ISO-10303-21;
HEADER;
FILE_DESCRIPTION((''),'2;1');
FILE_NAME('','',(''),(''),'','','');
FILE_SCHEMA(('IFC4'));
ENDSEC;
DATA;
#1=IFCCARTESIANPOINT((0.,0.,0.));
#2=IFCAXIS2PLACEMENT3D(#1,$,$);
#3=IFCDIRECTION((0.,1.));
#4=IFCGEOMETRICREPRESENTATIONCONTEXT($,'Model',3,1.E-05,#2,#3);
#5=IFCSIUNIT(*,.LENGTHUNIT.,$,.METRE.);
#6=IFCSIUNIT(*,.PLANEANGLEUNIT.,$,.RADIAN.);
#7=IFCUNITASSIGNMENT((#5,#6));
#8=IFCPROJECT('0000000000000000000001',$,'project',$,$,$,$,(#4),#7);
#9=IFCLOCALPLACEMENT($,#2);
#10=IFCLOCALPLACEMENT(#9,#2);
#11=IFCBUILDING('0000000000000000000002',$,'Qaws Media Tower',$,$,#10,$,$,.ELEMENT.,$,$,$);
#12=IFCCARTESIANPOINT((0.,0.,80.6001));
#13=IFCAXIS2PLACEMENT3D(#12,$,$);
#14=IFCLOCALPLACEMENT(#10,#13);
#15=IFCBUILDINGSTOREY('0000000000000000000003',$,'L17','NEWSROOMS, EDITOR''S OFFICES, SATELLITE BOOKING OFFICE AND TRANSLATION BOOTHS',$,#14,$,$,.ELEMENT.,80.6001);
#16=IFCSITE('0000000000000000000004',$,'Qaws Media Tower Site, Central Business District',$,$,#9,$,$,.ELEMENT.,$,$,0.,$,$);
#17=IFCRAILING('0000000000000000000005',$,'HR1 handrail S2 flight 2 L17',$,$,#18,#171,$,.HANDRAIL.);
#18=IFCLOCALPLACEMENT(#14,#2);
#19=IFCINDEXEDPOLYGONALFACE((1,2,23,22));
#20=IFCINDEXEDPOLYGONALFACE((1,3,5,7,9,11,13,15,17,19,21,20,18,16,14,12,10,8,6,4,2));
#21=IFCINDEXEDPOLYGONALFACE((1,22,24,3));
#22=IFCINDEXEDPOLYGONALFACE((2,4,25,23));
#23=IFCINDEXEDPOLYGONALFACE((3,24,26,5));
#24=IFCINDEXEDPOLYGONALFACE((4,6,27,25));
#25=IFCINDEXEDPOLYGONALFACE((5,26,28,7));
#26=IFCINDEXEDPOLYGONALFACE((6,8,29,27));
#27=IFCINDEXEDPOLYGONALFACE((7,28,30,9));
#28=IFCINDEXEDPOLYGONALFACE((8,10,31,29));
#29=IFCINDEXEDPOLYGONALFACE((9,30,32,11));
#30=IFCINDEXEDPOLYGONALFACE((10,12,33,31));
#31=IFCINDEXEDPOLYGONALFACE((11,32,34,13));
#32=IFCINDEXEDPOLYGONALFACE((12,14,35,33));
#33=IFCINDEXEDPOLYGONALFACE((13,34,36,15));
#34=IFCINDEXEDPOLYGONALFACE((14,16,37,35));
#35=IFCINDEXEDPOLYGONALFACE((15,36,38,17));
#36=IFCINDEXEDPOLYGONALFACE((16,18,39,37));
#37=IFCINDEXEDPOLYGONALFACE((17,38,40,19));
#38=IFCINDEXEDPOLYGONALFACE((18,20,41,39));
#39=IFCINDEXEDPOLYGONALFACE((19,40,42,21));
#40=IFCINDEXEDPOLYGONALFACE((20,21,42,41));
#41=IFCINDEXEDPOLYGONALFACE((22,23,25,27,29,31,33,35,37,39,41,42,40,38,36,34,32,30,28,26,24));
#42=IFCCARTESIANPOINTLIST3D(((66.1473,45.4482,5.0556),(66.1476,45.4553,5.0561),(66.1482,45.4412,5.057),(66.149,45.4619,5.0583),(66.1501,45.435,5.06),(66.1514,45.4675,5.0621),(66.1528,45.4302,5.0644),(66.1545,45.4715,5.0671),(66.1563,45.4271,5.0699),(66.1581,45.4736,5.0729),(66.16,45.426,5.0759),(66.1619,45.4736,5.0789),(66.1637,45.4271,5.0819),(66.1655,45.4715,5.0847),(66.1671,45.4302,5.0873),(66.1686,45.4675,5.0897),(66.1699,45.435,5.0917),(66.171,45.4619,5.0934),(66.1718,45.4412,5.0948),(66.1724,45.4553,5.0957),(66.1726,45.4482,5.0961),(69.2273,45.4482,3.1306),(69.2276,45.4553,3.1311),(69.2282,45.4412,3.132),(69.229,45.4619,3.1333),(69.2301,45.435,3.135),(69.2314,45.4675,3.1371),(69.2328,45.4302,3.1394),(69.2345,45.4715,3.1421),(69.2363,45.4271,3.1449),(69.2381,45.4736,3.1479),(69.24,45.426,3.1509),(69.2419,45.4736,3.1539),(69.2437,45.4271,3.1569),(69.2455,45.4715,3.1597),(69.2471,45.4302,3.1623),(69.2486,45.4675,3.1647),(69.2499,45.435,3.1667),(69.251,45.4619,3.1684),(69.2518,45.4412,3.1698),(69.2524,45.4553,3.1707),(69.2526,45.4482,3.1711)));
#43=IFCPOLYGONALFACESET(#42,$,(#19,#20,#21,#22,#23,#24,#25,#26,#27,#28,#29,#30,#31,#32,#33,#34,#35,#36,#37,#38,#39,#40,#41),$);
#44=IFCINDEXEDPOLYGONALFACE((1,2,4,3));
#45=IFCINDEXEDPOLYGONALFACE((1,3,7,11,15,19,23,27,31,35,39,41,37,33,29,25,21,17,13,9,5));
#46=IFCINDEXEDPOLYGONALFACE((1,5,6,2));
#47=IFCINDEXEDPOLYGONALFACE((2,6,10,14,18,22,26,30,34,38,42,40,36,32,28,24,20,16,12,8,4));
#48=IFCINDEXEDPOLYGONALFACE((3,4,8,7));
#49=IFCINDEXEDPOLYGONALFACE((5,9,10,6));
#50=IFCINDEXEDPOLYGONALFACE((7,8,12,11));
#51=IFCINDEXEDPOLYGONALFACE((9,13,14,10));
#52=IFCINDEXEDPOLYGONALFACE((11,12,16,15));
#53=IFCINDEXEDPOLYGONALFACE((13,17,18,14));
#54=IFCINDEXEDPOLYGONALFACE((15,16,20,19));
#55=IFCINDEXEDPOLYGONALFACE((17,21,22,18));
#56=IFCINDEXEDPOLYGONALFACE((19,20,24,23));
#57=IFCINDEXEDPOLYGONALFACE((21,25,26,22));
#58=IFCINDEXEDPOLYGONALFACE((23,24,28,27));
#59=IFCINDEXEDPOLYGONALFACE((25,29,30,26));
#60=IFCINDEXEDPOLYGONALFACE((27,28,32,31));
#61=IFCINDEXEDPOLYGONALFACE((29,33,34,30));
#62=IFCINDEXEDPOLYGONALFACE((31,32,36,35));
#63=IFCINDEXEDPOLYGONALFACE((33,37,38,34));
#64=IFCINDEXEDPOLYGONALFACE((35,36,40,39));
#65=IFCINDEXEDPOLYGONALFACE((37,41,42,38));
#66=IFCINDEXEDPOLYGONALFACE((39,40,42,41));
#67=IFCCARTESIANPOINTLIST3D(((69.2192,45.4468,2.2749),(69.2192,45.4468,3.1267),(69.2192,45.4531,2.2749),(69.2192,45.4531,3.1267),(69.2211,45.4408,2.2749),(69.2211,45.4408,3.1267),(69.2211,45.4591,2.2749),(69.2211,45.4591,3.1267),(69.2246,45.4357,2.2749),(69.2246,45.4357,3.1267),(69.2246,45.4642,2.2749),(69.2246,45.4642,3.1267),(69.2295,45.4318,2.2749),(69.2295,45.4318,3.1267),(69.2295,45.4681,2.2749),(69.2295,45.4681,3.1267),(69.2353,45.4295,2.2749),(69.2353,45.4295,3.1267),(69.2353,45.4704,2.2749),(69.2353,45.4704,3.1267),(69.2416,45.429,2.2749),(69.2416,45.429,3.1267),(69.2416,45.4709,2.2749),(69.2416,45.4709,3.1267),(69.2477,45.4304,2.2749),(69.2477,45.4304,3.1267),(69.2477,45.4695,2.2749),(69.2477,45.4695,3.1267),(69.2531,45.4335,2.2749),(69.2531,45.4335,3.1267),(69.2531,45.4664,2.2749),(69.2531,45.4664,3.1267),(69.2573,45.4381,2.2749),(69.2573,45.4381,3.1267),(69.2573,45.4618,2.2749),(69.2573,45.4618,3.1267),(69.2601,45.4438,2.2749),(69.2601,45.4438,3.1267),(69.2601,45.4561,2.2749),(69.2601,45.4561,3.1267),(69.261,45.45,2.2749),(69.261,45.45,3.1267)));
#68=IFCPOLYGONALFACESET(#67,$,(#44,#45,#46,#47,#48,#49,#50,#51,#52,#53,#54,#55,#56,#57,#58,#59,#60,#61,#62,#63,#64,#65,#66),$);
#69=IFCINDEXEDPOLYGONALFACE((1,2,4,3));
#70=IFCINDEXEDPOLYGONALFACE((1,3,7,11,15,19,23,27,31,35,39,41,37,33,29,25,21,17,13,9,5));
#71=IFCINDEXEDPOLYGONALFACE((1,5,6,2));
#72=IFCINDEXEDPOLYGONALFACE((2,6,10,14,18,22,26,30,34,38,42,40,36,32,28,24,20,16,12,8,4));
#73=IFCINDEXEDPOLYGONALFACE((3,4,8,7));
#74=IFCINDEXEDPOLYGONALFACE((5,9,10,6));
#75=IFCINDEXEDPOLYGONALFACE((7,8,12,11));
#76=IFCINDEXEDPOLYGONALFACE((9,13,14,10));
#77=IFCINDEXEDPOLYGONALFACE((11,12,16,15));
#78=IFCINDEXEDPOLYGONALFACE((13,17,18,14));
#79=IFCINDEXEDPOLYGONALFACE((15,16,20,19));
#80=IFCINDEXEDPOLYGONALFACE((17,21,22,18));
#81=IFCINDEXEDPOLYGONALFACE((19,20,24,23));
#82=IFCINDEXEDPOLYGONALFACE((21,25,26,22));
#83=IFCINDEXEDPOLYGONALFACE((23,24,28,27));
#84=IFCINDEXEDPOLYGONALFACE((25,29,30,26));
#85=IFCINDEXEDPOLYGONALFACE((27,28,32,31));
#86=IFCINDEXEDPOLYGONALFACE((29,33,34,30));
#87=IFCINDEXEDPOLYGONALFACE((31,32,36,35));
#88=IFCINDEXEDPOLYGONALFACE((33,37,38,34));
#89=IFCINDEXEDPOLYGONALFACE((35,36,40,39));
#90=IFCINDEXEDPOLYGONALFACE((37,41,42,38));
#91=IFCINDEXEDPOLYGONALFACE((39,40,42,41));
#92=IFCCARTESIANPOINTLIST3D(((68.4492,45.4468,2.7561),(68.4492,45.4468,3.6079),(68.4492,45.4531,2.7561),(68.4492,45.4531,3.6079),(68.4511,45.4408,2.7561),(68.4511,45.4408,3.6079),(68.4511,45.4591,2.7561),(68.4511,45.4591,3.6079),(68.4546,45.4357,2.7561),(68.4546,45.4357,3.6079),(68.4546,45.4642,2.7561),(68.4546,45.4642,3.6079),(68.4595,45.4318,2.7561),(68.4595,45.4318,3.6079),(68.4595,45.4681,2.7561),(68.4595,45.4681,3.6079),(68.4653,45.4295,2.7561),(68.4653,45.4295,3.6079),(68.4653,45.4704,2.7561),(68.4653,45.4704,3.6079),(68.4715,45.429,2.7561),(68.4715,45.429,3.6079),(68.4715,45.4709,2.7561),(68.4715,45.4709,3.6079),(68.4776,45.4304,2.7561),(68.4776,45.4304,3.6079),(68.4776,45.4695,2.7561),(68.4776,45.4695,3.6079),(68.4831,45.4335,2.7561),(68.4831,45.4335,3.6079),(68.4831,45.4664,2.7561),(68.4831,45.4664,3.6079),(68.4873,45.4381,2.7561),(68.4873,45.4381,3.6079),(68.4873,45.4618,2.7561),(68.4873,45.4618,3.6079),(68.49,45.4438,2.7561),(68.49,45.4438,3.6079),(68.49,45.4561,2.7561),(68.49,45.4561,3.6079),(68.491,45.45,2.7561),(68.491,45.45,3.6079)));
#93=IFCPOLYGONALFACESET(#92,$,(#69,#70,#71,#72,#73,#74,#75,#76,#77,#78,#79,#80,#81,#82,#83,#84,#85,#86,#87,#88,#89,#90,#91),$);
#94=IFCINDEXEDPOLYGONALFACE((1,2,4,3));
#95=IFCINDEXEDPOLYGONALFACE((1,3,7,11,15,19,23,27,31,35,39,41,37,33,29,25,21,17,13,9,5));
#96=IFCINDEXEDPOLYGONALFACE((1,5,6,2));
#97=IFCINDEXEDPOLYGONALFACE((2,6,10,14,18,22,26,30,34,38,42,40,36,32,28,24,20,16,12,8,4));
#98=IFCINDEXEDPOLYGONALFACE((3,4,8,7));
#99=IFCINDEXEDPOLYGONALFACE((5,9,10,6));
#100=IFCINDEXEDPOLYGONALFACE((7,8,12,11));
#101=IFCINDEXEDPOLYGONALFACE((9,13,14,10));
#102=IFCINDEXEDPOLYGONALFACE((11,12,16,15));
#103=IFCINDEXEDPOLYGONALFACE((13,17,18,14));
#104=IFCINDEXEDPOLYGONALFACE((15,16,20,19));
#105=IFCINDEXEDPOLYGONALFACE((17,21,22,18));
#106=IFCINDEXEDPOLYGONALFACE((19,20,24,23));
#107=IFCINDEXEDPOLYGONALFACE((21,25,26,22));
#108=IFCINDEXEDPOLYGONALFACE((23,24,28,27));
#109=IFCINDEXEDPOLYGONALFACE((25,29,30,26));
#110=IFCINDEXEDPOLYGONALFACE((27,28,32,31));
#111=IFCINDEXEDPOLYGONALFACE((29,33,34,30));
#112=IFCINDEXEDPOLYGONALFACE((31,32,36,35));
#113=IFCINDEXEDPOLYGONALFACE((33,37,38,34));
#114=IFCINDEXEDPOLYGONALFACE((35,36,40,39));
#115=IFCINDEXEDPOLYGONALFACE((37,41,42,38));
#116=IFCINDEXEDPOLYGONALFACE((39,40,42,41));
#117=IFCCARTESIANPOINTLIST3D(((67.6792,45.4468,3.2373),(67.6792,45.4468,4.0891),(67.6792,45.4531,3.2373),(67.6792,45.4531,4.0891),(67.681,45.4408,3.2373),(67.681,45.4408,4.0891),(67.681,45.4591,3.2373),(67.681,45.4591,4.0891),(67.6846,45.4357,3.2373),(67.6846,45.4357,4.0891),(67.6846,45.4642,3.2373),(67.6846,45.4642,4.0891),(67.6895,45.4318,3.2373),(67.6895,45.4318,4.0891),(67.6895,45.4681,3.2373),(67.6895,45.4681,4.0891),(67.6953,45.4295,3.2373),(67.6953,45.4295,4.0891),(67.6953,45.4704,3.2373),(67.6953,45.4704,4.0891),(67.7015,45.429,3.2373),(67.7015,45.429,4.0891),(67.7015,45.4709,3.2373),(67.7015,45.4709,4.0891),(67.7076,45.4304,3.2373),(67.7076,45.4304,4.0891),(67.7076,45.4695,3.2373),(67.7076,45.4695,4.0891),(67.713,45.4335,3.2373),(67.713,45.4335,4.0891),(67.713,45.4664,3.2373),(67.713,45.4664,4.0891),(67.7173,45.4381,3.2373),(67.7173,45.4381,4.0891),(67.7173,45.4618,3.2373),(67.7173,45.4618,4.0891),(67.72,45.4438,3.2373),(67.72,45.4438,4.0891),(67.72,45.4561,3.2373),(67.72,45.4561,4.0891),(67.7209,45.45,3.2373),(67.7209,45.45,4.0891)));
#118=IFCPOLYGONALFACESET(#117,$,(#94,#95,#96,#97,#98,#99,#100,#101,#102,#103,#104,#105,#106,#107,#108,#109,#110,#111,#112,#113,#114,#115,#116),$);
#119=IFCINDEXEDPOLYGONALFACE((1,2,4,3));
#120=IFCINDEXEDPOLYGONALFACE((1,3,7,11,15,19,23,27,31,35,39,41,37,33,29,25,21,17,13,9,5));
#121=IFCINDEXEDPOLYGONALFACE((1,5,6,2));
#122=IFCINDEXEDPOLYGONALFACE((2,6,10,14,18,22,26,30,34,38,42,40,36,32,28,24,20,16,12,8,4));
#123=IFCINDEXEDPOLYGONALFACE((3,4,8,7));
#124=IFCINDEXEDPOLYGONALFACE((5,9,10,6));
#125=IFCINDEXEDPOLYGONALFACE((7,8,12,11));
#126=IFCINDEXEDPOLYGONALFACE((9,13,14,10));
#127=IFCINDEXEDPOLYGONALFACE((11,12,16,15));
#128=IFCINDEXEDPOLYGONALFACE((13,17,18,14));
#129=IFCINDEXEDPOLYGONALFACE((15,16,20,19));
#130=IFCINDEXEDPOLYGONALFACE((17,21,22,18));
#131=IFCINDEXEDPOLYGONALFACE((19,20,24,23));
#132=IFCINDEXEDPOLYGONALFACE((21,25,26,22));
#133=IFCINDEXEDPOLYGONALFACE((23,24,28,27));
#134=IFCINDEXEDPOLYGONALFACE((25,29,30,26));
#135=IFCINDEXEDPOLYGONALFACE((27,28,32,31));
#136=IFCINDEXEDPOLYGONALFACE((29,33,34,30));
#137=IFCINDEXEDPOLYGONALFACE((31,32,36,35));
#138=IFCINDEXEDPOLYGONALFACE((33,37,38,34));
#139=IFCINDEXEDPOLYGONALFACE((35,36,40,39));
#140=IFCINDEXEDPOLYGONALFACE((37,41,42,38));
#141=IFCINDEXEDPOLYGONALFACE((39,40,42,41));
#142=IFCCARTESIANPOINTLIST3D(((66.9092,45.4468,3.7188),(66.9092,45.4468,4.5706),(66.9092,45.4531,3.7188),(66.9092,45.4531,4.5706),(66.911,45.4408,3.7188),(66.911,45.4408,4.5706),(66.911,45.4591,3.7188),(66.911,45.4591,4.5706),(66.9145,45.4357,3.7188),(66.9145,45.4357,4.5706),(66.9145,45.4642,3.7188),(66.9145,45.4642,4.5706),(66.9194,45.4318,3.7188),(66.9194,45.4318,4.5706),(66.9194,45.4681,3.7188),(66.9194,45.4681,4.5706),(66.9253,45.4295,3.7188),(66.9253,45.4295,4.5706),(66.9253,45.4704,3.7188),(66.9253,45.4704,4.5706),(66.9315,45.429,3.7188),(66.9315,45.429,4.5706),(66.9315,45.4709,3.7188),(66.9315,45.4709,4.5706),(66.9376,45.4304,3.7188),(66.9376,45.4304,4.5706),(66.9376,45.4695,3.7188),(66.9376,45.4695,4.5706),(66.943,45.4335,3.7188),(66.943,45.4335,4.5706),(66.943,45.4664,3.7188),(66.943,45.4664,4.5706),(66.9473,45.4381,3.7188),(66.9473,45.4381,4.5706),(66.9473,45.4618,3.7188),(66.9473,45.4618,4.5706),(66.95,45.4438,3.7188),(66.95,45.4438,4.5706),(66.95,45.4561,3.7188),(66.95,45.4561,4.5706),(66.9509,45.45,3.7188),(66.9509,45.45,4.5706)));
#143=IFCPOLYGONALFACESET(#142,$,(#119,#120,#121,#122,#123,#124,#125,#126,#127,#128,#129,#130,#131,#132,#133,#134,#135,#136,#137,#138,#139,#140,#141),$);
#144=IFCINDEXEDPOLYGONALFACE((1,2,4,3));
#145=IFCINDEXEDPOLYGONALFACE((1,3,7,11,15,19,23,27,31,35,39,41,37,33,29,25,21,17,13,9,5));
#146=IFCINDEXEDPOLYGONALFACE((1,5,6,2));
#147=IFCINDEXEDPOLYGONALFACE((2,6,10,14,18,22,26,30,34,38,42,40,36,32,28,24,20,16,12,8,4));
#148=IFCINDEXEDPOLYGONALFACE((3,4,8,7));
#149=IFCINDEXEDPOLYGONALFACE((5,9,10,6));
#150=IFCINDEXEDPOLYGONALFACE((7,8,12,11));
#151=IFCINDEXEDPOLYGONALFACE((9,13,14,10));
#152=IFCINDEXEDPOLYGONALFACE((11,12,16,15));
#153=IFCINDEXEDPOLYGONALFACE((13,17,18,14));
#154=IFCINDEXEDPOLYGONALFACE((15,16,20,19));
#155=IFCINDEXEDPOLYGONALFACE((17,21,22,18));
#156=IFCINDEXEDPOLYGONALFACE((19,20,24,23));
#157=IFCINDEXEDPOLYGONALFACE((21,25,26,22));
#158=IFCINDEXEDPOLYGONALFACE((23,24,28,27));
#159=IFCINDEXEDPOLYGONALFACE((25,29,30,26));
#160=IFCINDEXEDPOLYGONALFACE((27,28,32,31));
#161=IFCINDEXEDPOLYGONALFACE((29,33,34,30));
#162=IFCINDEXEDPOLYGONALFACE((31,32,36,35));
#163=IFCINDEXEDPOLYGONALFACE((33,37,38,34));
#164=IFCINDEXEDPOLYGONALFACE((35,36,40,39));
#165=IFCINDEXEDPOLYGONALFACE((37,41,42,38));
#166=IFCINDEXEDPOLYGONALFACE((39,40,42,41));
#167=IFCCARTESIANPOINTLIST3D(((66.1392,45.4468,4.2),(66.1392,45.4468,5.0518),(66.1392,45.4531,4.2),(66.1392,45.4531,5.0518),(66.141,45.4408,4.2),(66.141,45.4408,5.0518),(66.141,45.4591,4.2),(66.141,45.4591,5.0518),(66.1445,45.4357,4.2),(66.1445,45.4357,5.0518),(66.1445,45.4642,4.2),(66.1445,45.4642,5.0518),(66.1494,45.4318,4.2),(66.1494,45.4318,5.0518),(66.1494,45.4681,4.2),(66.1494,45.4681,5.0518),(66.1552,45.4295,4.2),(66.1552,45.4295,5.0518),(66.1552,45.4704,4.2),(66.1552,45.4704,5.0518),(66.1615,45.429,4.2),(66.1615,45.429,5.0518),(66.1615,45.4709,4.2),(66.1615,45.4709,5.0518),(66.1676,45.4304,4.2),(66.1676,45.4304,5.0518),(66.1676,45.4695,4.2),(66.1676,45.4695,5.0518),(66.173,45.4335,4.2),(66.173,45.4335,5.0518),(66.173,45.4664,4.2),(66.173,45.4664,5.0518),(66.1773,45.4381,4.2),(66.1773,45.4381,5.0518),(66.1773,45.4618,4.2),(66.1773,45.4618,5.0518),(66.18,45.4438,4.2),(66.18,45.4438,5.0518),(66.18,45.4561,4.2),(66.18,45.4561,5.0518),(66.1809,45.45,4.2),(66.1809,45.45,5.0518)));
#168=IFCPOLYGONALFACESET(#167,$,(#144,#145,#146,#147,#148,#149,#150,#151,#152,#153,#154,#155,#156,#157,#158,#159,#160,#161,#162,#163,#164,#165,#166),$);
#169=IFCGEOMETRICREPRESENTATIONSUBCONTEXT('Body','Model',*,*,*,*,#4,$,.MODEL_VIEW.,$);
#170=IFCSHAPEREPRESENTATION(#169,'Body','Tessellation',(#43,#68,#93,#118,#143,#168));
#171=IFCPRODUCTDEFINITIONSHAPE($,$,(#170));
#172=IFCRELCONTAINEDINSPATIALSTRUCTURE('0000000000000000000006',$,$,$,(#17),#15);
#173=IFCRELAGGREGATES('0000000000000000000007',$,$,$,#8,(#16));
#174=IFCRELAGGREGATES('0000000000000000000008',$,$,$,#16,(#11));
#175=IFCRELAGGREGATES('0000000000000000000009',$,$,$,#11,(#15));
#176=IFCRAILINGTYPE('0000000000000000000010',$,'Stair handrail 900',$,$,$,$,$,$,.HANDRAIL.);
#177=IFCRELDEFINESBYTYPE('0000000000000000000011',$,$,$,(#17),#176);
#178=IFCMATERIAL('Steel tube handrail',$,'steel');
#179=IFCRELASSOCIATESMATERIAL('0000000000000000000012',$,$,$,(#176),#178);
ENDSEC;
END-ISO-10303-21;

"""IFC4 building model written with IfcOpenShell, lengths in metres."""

from ifc_helpers import new_model, si_unit, direction, frame, origin, origin_2d, place, context, subcontext, project, spatial, circle, extrude, material, type_object, element, save


model = new_model("IFC4")

# Units and contexts
model_context = context("Model", 3, precision=1e-05, world=origin(), true_north=direction((0.0, 1.0)))
body_context = subcontext(model_context, "Body", "Model", "MODEL_VIEW")
ifc_project = project(units=[si_unit("LENGTHUNIT", "METRE"), si_unit("PLANEANGLEUNIT", "RADIAN")], contexts=[model_context])

# Site, building, storey
site_placement = place(None, origin())
site = spatial("IfcSite", under=ifc_project, at=site_placement, Name="Qaws Media Tower Site, Central Business District", CompositionType="ELEMENT", RefElevation=0.0)
building_placement = place(site_placement, origin())
building = spatial("IfcBuilding", under=site, at=building_placement, Name="Qaws Media Tower", CompositionType="ELEMENT")
storey_placement = place(building_placement, frame((0.0, 0.0, 80.6001)))
storey = spatial("IfcBuildingStorey", under=building, at=storey_placement, Name="L17", Description="NEWSROOMS, EDITOR'S OFFICES, SATELLITE BOOKING OFFICE AND TRANSLATION BOOTHS", CompositionType="ELEMENT", Elevation=80.6001)

# Railing
ifc_material_1 = material(Name="Steel tube handrail", Category="steel")
railing_type = type_object("IfcRailingType", Name="Stair handrail 900", PredefinedType="HANDRAIL", material=ifc_material_1)
for number, where, name in (
    (1, (69.24, 45.45, 2.2749), "HR1 handrail S2 flight 2 L17"),
):
    element("IfcRailing", number, at=place(storey_placement, frame(where)), inside=storey, type_object=railing_type, Name=name, PredefinedType="HANDRAIL", context=body_context, shape_type="SweptSolid", body=[
        extrude(circle(Radius=0.0239, at=origin_2d()), frame((0.0, 0.0, 0.876), z_axis=(-0.847998, 0.0, 0.529999), x_axis=(0.0, -1.0, 0.0)), (0.0, 0.0, 1.0), 3.6321),
        extrude(circle(Radius=0.021, at=origin_2d()), origin(), (0.0, 0.0, 1.0), 0.8518),
        extrude(circle(Radius=0.021, at=origin_2d()), frame((-0.77, 0.0, 0.4812)), (0.0, 0.0, 1.0), 0.8518),
        extrude(circle(Radius=0.021, at=origin_2d()), frame((-1.54, 0.0, 0.9624)), (0.0, 0.0, 1.0), 0.8518),
        extrude(circle(Radius=0.021, at=origin_2d()), frame((-2.3101, 0.0, 1.4438)), (0.0, 0.0, 1.0), 0.8518),
        extrude(circle(Radius=0.021, at=origin_2d()), frame((-3.0801, 0.0, 1.925)), (0.0, 0.0, 1.0), 0.8518),
    ])

save(model, "model.ifc")
